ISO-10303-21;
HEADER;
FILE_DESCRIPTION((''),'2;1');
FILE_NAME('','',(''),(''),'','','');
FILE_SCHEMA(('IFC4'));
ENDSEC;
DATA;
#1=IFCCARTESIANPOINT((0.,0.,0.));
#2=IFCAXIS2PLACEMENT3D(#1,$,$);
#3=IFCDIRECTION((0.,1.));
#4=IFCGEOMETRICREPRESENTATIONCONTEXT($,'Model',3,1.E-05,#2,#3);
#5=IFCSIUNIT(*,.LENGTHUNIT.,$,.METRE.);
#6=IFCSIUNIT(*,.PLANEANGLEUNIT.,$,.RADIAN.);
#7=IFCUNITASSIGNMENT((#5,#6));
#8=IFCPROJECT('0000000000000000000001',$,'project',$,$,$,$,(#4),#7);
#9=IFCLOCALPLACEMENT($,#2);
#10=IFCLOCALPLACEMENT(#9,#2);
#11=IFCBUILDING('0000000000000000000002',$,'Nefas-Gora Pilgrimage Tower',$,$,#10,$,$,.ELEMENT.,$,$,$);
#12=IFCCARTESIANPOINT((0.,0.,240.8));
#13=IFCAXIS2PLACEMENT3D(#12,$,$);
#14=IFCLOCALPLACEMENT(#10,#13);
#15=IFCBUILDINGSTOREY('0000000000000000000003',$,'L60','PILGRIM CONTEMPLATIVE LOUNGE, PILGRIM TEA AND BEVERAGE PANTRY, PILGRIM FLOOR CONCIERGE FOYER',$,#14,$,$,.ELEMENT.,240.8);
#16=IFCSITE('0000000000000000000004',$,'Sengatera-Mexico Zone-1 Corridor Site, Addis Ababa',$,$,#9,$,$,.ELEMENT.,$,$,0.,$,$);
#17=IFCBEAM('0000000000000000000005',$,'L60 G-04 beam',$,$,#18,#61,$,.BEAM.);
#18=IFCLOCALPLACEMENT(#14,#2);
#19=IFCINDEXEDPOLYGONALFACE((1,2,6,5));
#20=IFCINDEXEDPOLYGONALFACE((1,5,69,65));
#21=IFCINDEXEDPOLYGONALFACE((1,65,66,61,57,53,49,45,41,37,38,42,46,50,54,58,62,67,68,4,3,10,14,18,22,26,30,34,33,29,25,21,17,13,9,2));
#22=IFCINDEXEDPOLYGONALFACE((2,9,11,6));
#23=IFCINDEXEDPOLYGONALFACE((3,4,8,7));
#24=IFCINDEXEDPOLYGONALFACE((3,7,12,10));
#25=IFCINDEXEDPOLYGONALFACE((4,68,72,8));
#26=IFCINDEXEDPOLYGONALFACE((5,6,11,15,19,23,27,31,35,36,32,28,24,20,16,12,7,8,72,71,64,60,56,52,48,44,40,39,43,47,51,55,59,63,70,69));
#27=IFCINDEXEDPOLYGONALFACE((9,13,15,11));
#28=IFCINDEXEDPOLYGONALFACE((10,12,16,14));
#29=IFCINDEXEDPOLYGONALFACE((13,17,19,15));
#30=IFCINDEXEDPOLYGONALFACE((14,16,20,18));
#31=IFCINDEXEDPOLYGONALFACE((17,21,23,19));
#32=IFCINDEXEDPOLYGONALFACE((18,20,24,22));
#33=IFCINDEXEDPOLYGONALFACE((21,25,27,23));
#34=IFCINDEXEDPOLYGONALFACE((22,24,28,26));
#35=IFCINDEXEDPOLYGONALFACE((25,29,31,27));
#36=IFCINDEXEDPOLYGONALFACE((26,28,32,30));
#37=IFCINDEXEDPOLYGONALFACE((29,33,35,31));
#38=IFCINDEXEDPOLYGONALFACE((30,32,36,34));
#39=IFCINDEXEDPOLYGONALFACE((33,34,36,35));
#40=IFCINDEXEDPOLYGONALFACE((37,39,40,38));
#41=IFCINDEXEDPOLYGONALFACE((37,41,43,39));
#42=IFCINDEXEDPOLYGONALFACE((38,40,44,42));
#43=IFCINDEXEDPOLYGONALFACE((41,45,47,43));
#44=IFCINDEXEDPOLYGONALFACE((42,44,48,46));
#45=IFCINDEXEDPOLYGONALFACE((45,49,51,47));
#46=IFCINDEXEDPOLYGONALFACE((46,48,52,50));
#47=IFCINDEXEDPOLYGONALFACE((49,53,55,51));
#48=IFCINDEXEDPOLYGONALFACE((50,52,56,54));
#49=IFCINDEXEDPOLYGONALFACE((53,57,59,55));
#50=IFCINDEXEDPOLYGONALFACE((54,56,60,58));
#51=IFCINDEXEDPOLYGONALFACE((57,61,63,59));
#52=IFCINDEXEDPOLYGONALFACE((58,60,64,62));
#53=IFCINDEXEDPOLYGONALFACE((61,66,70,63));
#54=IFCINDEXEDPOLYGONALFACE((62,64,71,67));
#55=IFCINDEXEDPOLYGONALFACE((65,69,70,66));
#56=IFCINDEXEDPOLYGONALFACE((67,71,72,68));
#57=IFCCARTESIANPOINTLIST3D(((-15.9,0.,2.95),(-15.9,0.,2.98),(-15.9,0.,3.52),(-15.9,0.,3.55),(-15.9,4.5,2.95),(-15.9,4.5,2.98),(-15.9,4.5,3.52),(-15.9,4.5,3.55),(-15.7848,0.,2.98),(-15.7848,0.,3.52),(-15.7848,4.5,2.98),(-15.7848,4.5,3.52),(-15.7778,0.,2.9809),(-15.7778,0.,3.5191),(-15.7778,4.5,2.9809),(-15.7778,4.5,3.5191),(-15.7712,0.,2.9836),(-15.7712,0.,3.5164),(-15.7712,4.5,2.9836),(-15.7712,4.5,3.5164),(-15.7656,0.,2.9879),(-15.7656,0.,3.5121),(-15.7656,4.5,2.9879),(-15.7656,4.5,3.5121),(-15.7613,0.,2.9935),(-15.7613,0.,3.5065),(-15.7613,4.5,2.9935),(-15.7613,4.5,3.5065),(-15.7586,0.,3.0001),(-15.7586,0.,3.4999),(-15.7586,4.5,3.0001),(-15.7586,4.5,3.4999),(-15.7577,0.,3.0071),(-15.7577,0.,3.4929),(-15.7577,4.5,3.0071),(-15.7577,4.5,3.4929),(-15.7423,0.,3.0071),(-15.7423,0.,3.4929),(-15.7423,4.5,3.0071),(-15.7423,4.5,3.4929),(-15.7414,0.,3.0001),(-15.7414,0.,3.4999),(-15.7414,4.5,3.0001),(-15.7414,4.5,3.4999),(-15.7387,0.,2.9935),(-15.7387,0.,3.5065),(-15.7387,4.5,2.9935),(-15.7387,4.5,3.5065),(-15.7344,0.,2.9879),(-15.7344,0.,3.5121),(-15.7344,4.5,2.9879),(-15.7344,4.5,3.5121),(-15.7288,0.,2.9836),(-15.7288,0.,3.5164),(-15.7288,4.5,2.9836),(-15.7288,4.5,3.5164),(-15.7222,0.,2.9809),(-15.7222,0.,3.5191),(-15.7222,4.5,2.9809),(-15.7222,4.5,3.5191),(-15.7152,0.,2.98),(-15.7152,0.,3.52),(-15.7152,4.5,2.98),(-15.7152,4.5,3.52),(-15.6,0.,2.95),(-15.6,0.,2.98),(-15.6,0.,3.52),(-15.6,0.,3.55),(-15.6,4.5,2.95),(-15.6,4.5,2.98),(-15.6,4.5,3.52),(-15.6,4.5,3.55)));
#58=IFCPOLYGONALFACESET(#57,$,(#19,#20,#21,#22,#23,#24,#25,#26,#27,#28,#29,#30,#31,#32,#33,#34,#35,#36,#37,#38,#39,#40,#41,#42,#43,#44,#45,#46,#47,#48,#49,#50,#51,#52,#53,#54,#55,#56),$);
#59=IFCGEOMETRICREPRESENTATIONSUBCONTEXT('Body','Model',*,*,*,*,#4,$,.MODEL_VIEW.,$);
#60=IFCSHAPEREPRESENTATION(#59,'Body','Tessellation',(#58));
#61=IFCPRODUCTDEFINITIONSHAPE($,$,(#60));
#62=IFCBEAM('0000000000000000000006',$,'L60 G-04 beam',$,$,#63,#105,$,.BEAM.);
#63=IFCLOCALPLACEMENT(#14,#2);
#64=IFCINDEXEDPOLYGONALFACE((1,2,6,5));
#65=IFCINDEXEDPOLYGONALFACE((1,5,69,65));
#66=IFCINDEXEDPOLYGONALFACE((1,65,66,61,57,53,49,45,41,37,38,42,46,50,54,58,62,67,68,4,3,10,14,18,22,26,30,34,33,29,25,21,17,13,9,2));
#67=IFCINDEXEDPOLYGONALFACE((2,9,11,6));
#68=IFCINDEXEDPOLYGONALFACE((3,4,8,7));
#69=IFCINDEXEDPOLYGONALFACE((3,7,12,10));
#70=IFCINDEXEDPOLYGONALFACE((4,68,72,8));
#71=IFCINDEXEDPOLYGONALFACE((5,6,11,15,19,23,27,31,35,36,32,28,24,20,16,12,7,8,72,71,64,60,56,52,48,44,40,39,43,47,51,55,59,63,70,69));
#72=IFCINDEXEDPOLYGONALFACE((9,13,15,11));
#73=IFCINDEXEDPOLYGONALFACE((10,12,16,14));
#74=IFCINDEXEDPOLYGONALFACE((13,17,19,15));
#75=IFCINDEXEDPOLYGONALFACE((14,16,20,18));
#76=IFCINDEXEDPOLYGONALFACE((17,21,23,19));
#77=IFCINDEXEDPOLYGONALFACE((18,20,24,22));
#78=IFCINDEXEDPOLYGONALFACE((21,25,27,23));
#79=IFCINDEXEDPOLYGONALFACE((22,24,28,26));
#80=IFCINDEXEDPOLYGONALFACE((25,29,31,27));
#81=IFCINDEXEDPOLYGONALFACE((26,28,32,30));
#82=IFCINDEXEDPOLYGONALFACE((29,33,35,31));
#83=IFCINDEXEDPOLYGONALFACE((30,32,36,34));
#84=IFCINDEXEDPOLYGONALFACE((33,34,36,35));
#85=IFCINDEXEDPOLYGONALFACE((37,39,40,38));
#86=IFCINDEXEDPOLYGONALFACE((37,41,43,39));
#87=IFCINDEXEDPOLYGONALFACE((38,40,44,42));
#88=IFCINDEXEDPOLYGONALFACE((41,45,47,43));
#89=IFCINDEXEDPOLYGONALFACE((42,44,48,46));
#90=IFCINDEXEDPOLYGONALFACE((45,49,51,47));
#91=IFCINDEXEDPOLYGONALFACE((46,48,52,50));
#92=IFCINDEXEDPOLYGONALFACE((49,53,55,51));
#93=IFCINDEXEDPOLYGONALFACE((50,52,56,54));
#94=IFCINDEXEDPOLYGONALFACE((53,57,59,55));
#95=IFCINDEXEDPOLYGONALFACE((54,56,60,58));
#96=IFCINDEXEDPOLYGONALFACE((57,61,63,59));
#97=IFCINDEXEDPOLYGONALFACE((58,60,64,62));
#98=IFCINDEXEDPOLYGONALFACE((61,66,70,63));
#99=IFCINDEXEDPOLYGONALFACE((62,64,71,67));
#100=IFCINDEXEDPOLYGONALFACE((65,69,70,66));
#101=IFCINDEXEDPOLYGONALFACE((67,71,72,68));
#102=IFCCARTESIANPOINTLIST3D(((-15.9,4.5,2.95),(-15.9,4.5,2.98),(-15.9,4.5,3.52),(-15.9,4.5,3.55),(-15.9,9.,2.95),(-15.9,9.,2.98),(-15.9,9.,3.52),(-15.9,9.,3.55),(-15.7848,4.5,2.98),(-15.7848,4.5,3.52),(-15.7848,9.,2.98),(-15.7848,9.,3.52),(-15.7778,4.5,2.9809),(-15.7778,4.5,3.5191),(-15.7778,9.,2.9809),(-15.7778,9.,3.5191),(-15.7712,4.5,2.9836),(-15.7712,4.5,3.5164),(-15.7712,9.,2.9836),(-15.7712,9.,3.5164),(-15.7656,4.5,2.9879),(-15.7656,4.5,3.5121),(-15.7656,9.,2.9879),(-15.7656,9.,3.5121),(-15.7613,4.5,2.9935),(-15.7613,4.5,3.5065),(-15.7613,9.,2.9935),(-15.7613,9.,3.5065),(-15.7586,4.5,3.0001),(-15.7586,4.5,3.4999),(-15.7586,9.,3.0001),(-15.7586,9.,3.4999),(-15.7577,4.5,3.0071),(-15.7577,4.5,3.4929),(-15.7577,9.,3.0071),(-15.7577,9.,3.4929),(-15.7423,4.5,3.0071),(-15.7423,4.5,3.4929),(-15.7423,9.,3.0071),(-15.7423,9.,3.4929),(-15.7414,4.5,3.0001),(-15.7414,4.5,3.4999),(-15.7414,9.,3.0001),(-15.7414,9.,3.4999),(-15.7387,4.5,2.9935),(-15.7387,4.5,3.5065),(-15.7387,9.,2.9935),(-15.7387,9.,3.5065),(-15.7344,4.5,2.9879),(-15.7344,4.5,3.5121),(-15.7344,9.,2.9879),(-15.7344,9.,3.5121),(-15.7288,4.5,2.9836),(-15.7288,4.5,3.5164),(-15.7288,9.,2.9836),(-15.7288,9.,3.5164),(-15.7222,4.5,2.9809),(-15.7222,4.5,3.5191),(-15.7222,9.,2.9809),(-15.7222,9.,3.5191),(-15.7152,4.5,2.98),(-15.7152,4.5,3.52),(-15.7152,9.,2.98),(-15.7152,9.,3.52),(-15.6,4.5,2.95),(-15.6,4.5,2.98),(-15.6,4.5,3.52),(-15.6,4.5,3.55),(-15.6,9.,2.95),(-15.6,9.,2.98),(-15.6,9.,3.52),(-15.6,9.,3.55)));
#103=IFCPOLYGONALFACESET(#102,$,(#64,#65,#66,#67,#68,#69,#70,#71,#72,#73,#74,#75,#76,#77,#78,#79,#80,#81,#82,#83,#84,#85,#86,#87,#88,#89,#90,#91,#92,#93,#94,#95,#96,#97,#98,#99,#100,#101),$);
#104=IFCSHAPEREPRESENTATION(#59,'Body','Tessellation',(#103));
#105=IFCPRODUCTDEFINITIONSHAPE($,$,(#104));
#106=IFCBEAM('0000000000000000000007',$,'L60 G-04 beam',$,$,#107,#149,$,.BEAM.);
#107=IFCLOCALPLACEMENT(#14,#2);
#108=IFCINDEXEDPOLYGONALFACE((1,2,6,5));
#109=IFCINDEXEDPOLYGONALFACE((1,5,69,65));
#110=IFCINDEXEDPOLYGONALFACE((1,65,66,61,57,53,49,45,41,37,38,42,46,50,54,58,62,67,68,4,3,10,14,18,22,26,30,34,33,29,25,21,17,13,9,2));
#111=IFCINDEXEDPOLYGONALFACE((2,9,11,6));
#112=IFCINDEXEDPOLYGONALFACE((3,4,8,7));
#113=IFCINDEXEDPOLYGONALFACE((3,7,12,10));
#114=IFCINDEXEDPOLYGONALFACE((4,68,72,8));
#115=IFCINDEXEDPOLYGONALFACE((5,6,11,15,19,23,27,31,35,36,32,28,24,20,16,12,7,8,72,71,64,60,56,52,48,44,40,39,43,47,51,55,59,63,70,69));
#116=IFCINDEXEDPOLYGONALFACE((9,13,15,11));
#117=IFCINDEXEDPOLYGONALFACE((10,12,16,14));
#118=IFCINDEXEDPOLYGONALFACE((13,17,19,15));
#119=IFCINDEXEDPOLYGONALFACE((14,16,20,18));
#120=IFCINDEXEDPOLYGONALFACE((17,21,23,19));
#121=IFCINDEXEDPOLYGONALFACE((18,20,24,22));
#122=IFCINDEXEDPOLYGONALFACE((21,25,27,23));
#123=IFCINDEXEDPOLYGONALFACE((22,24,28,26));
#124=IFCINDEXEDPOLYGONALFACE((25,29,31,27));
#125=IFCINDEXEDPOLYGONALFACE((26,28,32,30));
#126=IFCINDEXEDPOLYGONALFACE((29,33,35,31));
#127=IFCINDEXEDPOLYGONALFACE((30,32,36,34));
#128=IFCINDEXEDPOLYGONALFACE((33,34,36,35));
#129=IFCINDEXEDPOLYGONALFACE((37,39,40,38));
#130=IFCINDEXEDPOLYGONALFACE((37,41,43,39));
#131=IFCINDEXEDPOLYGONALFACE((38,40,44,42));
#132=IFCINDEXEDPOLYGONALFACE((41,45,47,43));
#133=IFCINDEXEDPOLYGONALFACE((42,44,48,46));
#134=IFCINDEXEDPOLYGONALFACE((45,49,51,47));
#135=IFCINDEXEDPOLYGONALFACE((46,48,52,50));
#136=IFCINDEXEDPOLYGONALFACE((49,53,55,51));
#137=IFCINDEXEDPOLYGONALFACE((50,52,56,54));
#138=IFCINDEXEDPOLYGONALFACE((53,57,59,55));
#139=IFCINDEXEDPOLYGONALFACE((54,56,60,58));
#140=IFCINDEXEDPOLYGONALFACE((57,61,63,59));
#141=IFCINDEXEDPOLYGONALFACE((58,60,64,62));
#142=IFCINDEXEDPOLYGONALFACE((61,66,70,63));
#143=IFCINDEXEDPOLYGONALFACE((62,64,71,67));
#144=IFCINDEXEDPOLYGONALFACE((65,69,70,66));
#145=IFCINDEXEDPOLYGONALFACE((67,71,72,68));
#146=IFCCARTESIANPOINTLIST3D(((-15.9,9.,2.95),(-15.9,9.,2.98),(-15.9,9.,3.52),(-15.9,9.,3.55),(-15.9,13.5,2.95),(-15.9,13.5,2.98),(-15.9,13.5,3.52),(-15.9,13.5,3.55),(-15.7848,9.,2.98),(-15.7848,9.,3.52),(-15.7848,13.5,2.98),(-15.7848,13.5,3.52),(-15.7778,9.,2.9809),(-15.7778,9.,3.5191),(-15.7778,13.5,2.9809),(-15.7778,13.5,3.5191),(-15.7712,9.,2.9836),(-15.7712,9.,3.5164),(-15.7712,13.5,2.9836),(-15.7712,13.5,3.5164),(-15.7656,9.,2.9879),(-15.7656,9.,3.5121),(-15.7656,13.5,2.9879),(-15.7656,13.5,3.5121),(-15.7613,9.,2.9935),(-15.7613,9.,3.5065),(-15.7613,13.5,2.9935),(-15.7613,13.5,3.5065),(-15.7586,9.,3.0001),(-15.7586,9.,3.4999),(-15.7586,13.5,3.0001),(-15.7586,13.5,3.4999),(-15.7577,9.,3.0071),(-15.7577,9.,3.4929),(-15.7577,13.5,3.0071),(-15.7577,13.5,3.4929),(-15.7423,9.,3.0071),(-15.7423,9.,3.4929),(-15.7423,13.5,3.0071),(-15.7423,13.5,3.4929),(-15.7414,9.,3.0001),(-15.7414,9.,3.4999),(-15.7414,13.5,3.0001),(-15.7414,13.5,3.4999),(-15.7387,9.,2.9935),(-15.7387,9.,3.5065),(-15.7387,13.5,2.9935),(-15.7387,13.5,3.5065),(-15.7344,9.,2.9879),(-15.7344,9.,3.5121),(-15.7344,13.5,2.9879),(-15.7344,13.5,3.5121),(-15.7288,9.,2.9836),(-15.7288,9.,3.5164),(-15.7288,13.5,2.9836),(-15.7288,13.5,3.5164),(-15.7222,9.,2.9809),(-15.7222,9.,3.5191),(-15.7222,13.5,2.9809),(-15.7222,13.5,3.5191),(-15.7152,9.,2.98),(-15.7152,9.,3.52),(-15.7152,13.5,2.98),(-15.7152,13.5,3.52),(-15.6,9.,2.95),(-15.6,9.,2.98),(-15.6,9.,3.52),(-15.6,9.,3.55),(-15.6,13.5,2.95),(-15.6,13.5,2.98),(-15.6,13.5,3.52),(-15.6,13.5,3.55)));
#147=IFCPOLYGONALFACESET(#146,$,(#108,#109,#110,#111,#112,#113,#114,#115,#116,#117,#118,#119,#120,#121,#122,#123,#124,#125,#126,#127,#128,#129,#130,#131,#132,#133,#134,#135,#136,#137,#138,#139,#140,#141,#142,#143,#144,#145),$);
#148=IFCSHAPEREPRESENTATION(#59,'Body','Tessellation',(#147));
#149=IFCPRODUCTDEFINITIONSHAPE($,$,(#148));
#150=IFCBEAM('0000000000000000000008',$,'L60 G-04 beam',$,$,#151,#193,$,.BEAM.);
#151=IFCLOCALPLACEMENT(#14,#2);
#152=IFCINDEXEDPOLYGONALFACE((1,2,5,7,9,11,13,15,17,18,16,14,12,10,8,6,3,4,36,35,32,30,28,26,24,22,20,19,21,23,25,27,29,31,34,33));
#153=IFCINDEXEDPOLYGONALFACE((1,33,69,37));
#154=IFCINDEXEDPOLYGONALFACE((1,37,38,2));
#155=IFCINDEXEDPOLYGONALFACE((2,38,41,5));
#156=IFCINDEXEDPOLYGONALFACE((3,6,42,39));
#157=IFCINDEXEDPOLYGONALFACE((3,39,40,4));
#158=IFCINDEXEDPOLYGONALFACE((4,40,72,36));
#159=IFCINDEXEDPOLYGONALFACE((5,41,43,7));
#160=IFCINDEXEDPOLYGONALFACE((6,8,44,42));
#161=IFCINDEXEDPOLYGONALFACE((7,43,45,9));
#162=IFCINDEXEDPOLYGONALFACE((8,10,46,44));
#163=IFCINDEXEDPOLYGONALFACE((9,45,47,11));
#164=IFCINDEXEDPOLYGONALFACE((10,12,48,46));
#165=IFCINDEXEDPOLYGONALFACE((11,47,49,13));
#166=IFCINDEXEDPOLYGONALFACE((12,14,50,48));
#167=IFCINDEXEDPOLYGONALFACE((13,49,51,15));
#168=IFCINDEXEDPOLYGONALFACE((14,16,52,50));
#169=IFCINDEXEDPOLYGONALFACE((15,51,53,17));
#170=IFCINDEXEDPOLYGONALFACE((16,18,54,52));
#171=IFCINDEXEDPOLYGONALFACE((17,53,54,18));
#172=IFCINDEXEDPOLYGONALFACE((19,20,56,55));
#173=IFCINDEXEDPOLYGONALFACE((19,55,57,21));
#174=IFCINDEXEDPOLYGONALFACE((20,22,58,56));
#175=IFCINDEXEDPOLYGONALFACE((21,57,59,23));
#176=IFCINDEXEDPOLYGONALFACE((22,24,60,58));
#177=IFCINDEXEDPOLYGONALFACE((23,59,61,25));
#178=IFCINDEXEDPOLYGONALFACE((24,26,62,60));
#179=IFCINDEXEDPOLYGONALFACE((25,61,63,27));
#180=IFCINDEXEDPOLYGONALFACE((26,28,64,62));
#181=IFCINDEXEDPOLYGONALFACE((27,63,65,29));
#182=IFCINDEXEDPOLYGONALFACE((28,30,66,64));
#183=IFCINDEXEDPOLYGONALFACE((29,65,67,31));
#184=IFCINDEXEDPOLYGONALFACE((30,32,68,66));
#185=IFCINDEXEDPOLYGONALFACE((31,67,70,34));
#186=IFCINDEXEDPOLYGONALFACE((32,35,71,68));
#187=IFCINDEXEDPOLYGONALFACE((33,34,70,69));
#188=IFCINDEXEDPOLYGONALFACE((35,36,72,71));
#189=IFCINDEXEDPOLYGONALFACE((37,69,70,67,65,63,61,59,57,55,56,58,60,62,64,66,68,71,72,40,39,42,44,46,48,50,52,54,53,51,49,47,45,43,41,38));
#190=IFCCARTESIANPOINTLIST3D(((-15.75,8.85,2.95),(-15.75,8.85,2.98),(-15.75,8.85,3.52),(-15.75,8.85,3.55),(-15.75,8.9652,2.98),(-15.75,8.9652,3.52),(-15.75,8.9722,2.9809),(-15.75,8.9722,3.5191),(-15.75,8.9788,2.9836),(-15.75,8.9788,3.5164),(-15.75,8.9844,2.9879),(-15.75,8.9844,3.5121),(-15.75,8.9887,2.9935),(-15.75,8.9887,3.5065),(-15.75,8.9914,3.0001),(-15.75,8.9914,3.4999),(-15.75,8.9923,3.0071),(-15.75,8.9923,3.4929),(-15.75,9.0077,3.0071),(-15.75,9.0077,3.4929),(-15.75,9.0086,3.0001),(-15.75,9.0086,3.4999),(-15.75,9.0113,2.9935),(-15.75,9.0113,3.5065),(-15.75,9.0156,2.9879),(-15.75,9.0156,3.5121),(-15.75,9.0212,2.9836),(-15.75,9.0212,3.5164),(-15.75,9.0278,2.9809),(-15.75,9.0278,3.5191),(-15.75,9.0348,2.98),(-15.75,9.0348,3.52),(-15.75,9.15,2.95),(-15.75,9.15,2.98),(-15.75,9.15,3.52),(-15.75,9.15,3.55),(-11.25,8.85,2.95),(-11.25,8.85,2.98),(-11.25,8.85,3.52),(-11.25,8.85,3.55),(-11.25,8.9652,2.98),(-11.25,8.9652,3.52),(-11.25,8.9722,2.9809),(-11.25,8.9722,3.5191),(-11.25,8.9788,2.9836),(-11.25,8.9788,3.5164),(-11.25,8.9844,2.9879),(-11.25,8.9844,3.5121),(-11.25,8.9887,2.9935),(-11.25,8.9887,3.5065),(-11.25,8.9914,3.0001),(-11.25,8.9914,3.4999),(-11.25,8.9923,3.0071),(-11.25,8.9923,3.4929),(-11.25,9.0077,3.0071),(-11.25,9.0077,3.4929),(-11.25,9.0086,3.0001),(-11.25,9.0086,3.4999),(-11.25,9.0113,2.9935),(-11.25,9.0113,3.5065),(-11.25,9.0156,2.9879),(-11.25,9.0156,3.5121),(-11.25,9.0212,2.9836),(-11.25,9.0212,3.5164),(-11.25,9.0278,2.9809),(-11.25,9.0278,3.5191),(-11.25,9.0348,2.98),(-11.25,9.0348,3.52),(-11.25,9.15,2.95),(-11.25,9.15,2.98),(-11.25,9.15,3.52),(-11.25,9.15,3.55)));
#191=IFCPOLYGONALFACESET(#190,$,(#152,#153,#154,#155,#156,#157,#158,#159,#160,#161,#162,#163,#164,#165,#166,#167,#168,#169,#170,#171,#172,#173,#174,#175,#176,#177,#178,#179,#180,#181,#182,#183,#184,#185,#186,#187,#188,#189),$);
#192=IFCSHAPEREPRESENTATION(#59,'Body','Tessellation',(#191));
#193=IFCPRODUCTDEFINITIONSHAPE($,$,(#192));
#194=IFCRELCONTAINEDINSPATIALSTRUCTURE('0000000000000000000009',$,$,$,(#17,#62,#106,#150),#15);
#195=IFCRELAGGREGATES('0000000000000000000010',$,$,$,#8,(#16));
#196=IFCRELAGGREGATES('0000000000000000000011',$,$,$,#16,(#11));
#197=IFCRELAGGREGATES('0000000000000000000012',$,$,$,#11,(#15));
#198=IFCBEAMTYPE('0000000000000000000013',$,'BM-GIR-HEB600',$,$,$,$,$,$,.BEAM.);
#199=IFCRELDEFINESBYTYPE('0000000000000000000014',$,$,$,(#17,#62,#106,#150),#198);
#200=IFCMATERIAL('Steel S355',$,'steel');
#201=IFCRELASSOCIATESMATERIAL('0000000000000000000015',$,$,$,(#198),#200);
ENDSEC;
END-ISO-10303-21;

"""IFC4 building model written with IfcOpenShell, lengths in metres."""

from ifc_helpers import new_model, si_unit, direction, frame, origin, origin_2d, place, context, subcontext, project, spatial, i_section, extrude, source, transform, mapped, material, material_profile, profile_set, type_object, element, save


model = new_model("IFC4")

# Units and contexts
model_context = context("Model", 3, precision=1e-05, world=origin(), true_north=direction((0.0, 1.0)))
body_context = subcontext(model_context, "Body", "Model", "MODEL_VIEW")
ifc_project = project(units=[si_unit("LENGTHUNIT", "METRE"), si_unit("PLANEANGLEUNIT", "RADIAN")], contexts=[model_context])

# Site, building, storey
site_placement = place(None, origin())
site = spatial("IfcSite", under=ifc_project, at=site_placement, Name="Sengatera-Mexico Zone-1 Corridor Site, Addis Ababa", CompositionType="ELEMENT", RefElevation=0.0)
building_placement = place(site_placement, origin())
building = spatial("IfcBuilding", under=site, at=building_placement, Name="Nefas-Gora Pilgrimage Tower", CompositionType="ELEMENT")
storey_placement = place(building_placement, frame((0.0, 0.0, 240.8)))
storey = spatial("IfcBuildingStorey", under=building, at=storey_placement, Name="L60", Description="PILGRIM CONTEMPLATIVE LOUNGE, PILGRIM TEA AND BEVERAGE PANTRY, PILGRIM FLOOR CONCIERGE FOYER", CompositionType="ELEMENT", Elevation=240.8)

# Beams
ifc_material_1 = material(Name="Steel S355", Category="steel")
ifc_material_profile_1 = material_profile(ifc_material_1, i_section(OverallWidth=0.3, OverallDepth=0.6001, WebThickness=0.0154, FlangeThickness=0.03, FilletRadius=0.0271, at=origin_2d()), Name="HEB 600")
ifc_profile_set_1 = profile_set([ifc_material_profile_1], Name="Steel S355")
beam_type_1 = type_object("IfcBeamType", Name="BM-GIR-HEB600", PredefinedType="BEAM", material=ifc_profile_set_1)
shared_shape_1 = source(origin(), body_context, "Body", "SweptSolid", [
    extrude(i_section(OverallWidth=0.3, OverallDepth=0.6001, WebThickness=0.0154, FlangeThickness=0.03, FilletRadius=0.0271, at=origin_2d()), origin(), (0.0, 0.0, 1.0), 4.5),
])
for number, where, z_axis, x_axis, name in (
    (1, (-15.75, 0.0, 3.25), (0.0, 1.0, 0.0), (-1.0, 0.0, 0.0), "L60 G-04 beam"),
    (2, (-15.75, 4.5, 3.25), (0.0, 1.0, 0.0), (-1.0, 0.0, 0.0), "L60 G-04 beam"),
    (3, (-15.75, 9.0, 3.25), (0.0, 1.0, 0.0), (-1.0, 0.0, 0.0), "L60 G-04 beam"),
    (4, (-15.75, 9.0, 3.25), (1.0, 0.0, 0.0), (0.0, 1.0, 0.0), "L60 G-04 beam"),
):
    element("IfcBeam", number, at=place(storey_placement, frame(where, z_axis=z_axis, x_axis=x_axis)), inside=storey, type_object=beam_type_1, Name=name, PredefinedType="BEAM", context=body_context, shape_type="MappedRepresentation", body=[
        mapped(shared_shape_1, transform((0.0, 0.0, 0.0), x_axis=(1.0, 0.0, 0.0), y_axis=(0.0, 1.0, 0.0), z_axis=(0.0, 0.0, 1.0), scale=1.0)),
    ])

save(model, "model.ifc")
